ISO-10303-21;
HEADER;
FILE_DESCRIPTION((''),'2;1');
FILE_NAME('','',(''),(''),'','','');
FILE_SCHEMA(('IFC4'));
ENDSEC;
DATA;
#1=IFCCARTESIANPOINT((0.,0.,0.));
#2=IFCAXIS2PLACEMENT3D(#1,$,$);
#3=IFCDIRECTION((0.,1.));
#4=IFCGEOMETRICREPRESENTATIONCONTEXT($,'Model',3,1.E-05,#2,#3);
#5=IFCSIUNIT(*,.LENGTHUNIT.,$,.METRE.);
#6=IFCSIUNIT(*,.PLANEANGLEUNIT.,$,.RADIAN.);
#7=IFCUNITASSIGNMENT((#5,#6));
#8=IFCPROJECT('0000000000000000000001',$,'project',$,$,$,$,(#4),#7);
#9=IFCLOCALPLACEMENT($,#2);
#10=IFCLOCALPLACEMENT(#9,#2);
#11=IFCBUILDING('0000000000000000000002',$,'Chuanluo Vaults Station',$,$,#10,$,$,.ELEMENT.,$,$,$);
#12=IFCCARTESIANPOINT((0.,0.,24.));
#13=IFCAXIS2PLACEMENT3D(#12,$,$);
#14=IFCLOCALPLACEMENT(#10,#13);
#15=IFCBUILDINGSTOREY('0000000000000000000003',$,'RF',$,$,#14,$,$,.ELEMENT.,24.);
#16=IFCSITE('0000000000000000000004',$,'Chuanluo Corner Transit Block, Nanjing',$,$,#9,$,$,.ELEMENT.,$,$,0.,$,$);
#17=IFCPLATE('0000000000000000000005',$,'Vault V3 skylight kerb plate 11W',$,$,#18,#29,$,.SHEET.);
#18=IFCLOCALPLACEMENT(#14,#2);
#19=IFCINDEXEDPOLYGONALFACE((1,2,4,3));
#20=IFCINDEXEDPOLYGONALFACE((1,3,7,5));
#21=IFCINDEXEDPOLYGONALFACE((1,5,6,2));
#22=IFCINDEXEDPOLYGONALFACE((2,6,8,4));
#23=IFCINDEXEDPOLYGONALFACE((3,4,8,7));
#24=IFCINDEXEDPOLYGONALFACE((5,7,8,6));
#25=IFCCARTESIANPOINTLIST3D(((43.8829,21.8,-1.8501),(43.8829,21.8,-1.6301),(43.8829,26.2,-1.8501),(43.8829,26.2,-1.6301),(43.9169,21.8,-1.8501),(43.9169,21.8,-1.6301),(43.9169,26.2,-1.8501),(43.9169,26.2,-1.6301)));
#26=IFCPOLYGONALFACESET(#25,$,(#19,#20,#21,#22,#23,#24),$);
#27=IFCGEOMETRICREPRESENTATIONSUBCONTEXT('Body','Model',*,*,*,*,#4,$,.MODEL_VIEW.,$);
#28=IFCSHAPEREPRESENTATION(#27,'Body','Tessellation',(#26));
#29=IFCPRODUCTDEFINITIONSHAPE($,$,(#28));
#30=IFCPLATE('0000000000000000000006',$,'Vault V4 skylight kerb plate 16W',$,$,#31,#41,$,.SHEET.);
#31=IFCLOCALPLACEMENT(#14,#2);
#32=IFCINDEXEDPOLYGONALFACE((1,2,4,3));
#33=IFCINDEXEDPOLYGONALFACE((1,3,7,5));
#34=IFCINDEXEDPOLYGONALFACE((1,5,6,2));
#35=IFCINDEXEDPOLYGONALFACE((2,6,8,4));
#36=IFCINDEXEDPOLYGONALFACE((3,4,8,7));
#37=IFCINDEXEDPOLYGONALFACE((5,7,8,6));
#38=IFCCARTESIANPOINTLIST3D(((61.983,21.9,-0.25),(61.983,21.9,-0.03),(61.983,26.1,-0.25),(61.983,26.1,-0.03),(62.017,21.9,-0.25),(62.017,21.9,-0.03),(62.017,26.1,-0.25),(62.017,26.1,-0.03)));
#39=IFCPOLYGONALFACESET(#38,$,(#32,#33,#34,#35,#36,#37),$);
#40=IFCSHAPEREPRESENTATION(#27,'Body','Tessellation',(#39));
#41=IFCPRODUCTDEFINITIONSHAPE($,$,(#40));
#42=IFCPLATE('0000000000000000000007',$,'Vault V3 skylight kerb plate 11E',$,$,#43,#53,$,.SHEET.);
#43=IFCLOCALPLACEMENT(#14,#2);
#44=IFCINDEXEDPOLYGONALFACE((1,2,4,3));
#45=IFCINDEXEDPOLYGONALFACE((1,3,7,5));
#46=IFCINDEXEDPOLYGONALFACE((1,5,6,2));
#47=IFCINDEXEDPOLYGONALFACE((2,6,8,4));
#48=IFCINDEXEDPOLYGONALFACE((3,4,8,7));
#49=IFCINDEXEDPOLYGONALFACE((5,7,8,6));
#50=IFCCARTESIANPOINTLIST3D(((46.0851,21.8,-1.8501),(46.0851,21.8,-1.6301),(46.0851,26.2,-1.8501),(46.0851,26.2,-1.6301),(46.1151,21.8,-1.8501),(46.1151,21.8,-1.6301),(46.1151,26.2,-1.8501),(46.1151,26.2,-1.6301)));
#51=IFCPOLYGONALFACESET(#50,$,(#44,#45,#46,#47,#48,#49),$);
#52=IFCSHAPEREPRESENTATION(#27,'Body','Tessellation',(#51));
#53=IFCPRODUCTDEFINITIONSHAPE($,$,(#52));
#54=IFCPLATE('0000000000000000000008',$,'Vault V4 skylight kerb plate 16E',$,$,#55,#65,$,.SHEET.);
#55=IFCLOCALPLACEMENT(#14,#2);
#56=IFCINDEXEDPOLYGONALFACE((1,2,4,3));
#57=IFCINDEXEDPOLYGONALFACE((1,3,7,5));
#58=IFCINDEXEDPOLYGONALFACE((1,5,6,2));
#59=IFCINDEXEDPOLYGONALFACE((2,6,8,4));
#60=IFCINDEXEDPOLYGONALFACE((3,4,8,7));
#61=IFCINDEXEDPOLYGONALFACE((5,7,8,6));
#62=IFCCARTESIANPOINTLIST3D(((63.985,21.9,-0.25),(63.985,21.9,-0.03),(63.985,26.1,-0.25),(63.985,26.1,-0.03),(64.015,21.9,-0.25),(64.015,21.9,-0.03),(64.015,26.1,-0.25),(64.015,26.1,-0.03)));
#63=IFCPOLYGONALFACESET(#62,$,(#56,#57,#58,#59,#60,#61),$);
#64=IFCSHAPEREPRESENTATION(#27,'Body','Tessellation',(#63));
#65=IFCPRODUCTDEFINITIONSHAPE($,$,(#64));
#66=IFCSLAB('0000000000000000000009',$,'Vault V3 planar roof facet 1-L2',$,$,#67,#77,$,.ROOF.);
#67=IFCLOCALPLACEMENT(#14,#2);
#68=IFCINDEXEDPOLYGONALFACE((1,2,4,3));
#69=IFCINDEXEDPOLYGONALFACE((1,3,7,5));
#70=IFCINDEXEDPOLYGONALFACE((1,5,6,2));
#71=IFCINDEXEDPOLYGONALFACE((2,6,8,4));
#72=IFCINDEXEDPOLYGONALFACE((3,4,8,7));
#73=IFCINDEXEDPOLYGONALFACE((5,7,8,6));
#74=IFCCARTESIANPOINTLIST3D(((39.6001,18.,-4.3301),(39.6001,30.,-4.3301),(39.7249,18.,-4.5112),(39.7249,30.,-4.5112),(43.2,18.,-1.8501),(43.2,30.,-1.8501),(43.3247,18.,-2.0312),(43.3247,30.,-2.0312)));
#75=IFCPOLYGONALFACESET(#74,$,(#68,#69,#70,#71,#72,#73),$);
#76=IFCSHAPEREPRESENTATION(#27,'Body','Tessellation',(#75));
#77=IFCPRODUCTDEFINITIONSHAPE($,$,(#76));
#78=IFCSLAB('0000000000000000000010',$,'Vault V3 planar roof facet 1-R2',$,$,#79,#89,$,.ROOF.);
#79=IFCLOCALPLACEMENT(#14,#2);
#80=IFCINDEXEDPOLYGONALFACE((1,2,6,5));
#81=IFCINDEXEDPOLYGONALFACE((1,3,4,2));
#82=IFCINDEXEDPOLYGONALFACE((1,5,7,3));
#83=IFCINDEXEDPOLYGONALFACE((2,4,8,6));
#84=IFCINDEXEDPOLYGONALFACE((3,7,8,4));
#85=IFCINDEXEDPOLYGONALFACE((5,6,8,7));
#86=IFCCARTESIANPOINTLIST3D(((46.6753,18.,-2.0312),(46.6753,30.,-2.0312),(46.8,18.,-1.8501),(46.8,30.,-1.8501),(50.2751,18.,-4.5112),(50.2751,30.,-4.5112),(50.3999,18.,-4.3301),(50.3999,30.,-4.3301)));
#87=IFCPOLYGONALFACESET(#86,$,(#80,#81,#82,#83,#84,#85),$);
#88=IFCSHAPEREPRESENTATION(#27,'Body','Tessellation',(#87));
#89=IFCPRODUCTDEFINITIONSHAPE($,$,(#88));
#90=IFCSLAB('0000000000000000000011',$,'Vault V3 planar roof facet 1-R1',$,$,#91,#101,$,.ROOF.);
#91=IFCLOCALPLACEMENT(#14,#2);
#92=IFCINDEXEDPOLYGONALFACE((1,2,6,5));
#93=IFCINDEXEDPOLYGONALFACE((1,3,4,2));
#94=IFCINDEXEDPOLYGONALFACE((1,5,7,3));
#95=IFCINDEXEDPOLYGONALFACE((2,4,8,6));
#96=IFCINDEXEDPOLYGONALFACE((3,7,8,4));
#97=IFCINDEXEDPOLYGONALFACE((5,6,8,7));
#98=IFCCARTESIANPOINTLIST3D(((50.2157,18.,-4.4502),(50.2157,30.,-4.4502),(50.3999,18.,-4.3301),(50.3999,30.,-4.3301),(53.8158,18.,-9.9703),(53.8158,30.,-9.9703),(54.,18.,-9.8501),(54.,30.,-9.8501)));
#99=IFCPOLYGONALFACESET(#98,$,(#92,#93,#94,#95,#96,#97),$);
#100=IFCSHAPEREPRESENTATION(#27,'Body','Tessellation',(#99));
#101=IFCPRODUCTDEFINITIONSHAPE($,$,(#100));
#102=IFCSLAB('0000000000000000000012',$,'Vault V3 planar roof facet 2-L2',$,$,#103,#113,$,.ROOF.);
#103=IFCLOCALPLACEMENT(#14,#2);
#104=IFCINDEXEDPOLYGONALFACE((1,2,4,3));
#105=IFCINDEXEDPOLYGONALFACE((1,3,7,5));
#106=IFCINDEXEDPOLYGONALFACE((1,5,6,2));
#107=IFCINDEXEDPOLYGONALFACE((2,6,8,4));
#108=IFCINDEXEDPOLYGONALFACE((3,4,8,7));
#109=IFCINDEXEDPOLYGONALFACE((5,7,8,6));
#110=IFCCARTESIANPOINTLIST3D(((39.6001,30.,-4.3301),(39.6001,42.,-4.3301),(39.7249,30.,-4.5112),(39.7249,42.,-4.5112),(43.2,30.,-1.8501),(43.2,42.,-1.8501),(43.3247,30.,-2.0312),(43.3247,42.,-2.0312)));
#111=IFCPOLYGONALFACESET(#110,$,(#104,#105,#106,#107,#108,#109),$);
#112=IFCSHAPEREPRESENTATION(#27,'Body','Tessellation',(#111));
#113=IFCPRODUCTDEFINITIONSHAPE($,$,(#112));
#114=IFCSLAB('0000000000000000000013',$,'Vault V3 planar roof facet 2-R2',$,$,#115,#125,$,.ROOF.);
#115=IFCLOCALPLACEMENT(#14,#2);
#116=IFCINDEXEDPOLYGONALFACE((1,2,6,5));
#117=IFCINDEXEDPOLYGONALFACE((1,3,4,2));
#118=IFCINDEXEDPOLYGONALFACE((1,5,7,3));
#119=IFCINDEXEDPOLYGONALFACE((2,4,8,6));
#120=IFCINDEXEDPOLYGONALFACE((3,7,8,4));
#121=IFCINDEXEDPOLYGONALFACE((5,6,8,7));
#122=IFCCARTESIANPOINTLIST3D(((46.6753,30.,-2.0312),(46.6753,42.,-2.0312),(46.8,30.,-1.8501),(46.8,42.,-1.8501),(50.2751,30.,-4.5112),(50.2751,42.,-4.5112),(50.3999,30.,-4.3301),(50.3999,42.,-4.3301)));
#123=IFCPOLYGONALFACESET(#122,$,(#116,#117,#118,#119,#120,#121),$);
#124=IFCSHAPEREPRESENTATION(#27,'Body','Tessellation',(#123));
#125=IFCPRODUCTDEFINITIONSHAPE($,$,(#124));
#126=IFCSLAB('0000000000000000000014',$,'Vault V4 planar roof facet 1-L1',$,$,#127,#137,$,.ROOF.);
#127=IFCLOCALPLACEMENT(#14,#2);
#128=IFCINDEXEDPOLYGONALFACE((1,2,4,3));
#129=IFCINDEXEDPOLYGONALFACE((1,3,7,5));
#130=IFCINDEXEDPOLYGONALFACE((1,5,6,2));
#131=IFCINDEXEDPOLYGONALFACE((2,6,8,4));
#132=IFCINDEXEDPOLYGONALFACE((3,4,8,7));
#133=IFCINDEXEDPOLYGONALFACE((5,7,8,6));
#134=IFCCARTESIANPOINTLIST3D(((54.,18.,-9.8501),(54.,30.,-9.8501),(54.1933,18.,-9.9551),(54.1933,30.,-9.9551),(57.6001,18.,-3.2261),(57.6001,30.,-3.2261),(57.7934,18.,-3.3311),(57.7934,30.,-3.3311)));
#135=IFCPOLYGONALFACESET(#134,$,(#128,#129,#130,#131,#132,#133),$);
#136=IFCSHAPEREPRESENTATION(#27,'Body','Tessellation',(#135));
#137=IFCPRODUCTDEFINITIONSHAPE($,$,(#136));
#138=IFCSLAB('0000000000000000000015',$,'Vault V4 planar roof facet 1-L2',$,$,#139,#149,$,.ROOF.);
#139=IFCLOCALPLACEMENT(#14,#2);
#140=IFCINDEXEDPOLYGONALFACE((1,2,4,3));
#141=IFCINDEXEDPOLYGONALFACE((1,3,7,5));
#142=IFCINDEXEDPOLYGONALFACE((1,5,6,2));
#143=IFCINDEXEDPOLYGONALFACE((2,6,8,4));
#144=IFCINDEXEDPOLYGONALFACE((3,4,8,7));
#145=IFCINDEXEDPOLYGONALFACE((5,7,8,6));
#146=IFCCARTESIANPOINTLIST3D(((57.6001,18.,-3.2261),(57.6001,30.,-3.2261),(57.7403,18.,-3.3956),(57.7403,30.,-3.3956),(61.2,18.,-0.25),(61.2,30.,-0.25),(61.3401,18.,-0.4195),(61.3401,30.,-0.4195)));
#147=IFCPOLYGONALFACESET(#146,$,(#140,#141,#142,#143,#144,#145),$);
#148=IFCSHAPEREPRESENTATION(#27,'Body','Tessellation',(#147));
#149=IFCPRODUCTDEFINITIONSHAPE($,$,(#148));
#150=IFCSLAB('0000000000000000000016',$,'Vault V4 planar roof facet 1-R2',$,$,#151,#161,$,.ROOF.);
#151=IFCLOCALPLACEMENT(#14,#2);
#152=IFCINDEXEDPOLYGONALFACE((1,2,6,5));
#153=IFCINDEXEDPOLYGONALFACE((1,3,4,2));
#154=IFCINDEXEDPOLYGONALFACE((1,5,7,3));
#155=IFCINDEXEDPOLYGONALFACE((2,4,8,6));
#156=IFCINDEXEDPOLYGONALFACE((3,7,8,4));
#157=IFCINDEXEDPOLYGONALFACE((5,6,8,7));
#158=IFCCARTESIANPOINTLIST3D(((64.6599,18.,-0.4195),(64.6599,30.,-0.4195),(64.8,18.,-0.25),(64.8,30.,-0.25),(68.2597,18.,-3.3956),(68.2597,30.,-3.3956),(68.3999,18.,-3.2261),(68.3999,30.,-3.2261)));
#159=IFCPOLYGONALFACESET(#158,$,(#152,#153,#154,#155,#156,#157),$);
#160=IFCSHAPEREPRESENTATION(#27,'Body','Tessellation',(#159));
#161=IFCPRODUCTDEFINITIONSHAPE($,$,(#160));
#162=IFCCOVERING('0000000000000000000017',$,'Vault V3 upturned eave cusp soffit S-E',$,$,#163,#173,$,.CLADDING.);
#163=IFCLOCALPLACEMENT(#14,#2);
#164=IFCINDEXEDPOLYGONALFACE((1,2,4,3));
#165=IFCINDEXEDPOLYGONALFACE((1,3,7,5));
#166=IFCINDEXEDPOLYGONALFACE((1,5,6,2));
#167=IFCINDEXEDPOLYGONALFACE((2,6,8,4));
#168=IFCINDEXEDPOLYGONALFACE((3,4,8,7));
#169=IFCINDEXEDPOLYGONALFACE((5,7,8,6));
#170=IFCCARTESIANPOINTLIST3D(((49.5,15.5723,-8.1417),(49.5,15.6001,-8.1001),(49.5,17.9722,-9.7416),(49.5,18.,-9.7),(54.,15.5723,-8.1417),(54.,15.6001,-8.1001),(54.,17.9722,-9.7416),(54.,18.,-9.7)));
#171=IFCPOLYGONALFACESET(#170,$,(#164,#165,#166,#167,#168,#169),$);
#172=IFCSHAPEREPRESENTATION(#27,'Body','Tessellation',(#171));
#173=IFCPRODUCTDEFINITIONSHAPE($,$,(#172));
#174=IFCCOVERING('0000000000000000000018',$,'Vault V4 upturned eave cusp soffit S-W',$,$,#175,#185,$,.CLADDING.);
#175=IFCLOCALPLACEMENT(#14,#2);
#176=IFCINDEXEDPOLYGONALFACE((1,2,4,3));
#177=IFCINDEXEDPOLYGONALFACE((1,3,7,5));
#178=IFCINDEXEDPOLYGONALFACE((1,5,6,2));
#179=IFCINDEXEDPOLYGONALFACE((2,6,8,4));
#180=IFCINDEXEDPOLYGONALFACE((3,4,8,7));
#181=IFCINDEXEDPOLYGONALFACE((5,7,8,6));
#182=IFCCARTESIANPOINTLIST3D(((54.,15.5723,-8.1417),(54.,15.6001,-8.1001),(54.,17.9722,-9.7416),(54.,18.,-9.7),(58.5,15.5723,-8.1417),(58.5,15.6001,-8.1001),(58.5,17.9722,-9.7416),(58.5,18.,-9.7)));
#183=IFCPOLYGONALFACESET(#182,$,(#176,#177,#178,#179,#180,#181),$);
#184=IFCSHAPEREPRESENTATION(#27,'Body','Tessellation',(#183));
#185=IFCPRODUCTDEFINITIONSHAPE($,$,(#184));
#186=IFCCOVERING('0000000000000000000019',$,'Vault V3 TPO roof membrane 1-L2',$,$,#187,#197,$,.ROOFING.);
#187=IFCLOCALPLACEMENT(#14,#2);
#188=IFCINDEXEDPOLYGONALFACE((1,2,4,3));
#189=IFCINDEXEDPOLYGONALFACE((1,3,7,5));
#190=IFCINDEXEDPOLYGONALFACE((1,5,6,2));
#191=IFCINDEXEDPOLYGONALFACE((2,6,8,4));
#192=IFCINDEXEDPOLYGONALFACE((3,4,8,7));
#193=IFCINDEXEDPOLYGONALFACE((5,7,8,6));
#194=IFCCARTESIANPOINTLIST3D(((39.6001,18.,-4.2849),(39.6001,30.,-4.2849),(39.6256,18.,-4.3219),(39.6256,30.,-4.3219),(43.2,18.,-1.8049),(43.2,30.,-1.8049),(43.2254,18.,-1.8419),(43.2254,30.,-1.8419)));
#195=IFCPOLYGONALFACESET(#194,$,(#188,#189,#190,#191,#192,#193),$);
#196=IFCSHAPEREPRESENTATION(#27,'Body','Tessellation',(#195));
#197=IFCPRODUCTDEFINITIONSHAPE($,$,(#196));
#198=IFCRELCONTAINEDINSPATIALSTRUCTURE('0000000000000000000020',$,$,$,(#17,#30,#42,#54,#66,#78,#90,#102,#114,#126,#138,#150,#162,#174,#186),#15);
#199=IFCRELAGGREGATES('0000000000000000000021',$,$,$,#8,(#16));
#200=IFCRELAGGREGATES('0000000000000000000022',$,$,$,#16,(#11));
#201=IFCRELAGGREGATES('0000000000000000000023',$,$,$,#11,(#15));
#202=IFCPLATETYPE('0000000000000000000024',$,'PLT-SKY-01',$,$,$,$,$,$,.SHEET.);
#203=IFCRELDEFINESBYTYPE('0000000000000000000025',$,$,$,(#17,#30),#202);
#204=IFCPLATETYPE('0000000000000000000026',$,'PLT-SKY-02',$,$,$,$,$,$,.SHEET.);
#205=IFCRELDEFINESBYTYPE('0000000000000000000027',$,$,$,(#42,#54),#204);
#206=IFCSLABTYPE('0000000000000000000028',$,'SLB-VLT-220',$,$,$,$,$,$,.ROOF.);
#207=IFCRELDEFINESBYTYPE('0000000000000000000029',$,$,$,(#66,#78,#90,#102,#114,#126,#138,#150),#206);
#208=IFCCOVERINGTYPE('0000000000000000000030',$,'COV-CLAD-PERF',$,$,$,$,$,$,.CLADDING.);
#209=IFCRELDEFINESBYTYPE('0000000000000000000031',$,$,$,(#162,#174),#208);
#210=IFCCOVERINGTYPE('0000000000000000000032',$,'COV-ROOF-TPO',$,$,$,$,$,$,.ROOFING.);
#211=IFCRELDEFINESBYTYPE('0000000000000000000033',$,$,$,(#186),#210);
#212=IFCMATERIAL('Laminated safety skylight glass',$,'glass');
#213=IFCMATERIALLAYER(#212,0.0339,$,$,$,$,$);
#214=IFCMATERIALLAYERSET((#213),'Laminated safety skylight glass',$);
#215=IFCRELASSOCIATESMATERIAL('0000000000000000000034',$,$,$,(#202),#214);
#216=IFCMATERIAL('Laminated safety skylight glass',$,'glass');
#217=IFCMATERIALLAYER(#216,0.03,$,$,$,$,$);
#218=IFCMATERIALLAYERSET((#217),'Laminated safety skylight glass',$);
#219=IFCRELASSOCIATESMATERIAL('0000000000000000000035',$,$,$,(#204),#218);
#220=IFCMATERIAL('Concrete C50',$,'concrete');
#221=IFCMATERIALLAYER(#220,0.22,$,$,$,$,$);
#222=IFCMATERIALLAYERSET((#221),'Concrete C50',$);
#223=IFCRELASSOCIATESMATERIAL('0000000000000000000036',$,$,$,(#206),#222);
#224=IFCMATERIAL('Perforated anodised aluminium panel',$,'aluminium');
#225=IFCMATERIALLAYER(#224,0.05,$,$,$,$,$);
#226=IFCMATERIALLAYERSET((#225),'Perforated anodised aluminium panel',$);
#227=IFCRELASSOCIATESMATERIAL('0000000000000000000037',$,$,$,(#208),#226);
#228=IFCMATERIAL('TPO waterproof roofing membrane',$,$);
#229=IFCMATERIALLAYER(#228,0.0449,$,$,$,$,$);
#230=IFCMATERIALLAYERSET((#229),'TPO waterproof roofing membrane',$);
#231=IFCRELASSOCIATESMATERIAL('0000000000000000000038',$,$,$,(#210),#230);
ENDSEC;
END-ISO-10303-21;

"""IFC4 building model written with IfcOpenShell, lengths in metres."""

from ifc_helpers import new_model, si_unit, direction, frame, origin, origin_2d, place, context, subcontext, project, spatial, polyline, rectangle, outline, extrude, material, layer, layer_set, type_object, element, save


model = new_model("IFC4")

# Units and contexts
model_context = context("Model", 3, precision=1e-05, world=origin(), true_north=direction((0.0, 1.0)))
body_context = subcontext(model_context, "Body", "Model", "MODEL_VIEW")
ifc_project = project(units=[si_unit("LENGTHUNIT", "METRE"), si_unit("PLANEANGLEUNIT", "RADIAN")], contexts=[model_context])

# Site, building, storey
site_placement = place(None, origin())
site = spatial("IfcSite", under=ifc_project, at=site_placement, Name="Chuanluo Corner Transit Block, Nanjing", CompositionType="ELEMENT", RefElevation=0.0)
building_placement = place(site_placement, origin())
building = spatial("IfcBuilding", under=site, at=building_placement, Name="Chuanluo Vaults Station", CompositionType="ELEMENT")
storey_placement = place(building_placement, frame((0.0, 0.0, 24.0)))
storey = spatial("IfcBuildingStorey", under=building, at=storey_placement, Name="RF", CompositionType="ELEMENT", Elevation=24.0)

# Plates
ifc_material_1 = material(Name="Laminated safety skylight glass", Category="glass")
ifc_layer_1 = layer(ifc_material_1, 0.0339)
ifc_layer_set_1 = layer_set([ifc_layer_1], Name="Laminated safety skylight glass")
plate_type_1 = type_object("IfcPlateType", Name="PLT-SKY-01", PredefinedType="SHEET", material=ifc_layer_set_1)
plate_1_placement = place(storey_placement, frame((43.8999, 24.0, -1.8501), z_axis=(0.0, 0.0, 1.0), x_axis=(1.0, 0.0, 0.0)))
element("IfcPlate", 1, at=plate_1_placement, inside=storey, type_object=plate_type_1, Name="Vault V3 skylight kerb plate 11W", PredefinedType="SHEET", context=body_context, shape_type="SweptSolid", body=[
    extrude(rectangle(XDim=0.0339, YDim=4.3999, at=origin_2d()), origin(), (0.0, 0.0, 1.0), 0.22),
])
plate_2_placement = place(storey_placement, frame((62.0, 24.0, -0.25), z_axis=(0.0, 0.0, 1.0), x_axis=(1.0, 0.0, 0.0)))
element("IfcPlate", 2, at=plate_2_placement, inside=storey, type_object=plate_type_1, Name="Vault V4 skylight kerb plate 16W", PredefinedType="SHEET", context=body_context, shape_type="SweptSolid", body=[
    extrude(rectangle(XDim=0.0339, YDim=4.2, at=origin_2d()), origin(), (0.0, 0.0, 1.0), 0.22),
])
ifc_material_2 = material(Name="Laminated safety skylight glass", Category="glass")
ifc_layer_2 = layer(ifc_material_2, 0.03)
ifc_layer_set_2 = layer_set([ifc_layer_2], Name="Laminated safety skylight glass")
plate_type_2 = type_object("IfcPlateType", Name="PLT-SKY-02", PredefinedType="SHEET", material=ifc_layer_set_2)
plate_3_placement = place(storey_placement, frame((46.1001, 24.0, -1.8501), z_axis=(0.0, 0.0, 1.0), x_axis=(1.0, 0.0, 0.0)))
element("IfcPlate", 3, at=plate_3_placement, inside=storey, type_object=plate_type_2, Name="Vault V3 skylight kerb plate 11E", PredefinedType="SHEET", context=body_context, shape_type="SweptSolid", body=[
    extrude(rectangle(XDim=0.03, YDim=4.3999, at=origin_2d()), origin(), (0.0, 0.0, 1.0), 0.22),
])
plate_4_placement = place(storey_placement, frame((64.0, 24.0, -0.25), z_axis=(0.0, 0.0, 1.0), x_axis=(1.0, 0.0, 0.0)))
element("IfcPlate", 4, at=plate_4_placement, inside=storey, type_object=plate_type_2, Name="Vault V4 skylight kerb plate 16E", PredefinedType="SHEET", context=body_context, shape_type="SweptSolid", body=[
    extrude(rectangle(XDim=0.03, YDim=4.2, at=origin_2d()), origin(), (0.0, 0.0, 1.0), 0.22),
])

# Slabs
ifc_material_3 = material(Name="Concrete C50", Category="concrete")
ifc_layer_3 = layer(ifc_material_3, 0.22)
ifc_layer_set_3 = layer_set([ifc_layer_3], Name="Concrete C50")
slab_type = type_object("IfcSlabType", Name="SLB-VLT-220", PredefinedType="ROOF", material=ifc_layer_set_3)
for number, where, z_axis, x_axis, name in (
    (5, (39.6001, 18.0, -4.3301), (-0.567318, 0.0, 0.823499), (0.823499, 0.0, 0.567318), "Vault V3 planar roof facet 1-L2"),
    (6, (46.8, 18.0, -1.8501), (0.567318, 0.0, 0.823499), (0.823499, 0.0, -0.567318), "Vault V3 planar roof facet 1-R2"),
):
    element("IfcSlab", number, at=place(storey_placement, frame(where, z_axis=z_axis, x_axis=x_axis)), inside=storey, type_object=slab_type, Name=name, PredefinedType="ROOF", context=body_context, shape_type="SweptSolid", body=[
        extrude(outline(polyline([(0.0, 0.0), (4.3714, 0.0), (4.3714, 12.0), (0.0, 12.0), (0.0, 0.0)])), origin(), (0.0, 0.0, -1.0), 0.22),
    ])
slab_1_placement = place(storey_placement, frame((50.3999, 18.0, -4.3301), z_axis=(0.837605, 0.0, 0.546277), x_axis=(0.546277, 0.0, -0.837605)))
element("IfcSlab", 7, at=slab_1_placement, inside=storey, type_object=slab_type, Name="Vault V3 planar roof facet 1-R1", PredefinedType="ROOF", context=body_context, shape_type="SweptSolid", body=[
    extrude(outline(polyline([(0.0, 0.0), (6.5902, 0.0), (6.5902, 12.0), (0.0, 12.0), (0.0, 0.0)])), origin(), (0.0, 0.0, -1.0), 0.22),
])
for number, where, z_axis, x_axis, name in (
    (8, (39.6001, 30.0, -4.3301), (-0.567318, 0.0, 0.823499), (0.823499, 0.0, 0.567318), "Vault V3 planar roof facet 2-L2"),
    (9, (46.8, 30.0, -1.8501), (0.567318, 0.0, 0.823499), (0.823499, 0.0, -0.567318), "Vault V3 planar roof facet 2-R2"),
):
    element("IfcSlab", number, at=place(storey_placement, frame(where, z_axis=z_axis, x_axis=x_axis)), inside=storey, type_object=slab_type, Name=name, PredefinedType="ROOF", context=body_context, shape_type="SweptSolid", body=[
        extrude(outline(polyline([(0.0, 0.0), (4.3714, 0.0), (4.3714, 12.0), (0.0, 12.0), (0.0, 0.0)])), origin(), (0.0, 0.0, -1.0), 0.22),
    ])
slab_2_placement = place(storey_placement, frame((54.0, 18.0, -9.8501), z_axis=(-0.87862, 0.0, 0.477522), x_axis=(0.477522, 0.0, 0.87862)))
element("IfcSlab", 10, at=slab_2_placement, inside=storey, type_object=slab_type, Name="Vault V4 planar roof facet 1-L1", PredefinedType="ROOF", context=body_context, shape_type="SweptSolid", body=[
    extrude(outline(polyline([(0.0, 0.0), (7.5391, 0.0), (7.5391, 12.0), (0.0, 12.0), (0.0, 0.0)])), origin(), (0.0, 0.0, -1.0), 0.22),
])
for number, where, z_axis, x_axis, name in (
    (11, (57.6001, 18.0, -3.2261), (-0.637172, 0.0, 0.770722), (0.770722, 0.0, 0.637172), "Vault V4 planar roof facet 1-L2"),
    (12, (64.8, 18.0, -0.25), (0.637172, 0.0, 0.770722), (0.770722, 0.0, -0.637172), "Vault V4 planar roof facet 1-R2"),
):
    element("IfcSlab", number, at=place(storey_placement, frame(where, z_axis=z_axis, x_axis=x_axis)), inside=storey, type_object=slab_type, Name=name, PredefinedType="ROOF", context=body_context, shape_type="SweptSolid", body=[
        extrude(outline(polyline([(0.0, 0.0), (4.6708, 0.0), (4.6708, 12.0), (0.0, 12.0), (0.0, 0.0)])), origin(), (0.0, 0.0, -1.0), 0.22),
    ])

# Coverings
ifc_material_4 = material(Name="Perforated anodised aluminium panel", Category="aluminium")
ifc_layer_4 = layer(ifc_material_4, 0.05)
ifc_layer_set_4 = layer_set([ifc_layer_4], Name="Perforated anodised aluminium panel")
covering_type_1 = type_object("IfcCoveringType", Name="COV-CLAD-PERF", PredefinedType="CLADDING", material=ifc_layer_set_4)
for number, where, z_axis, x_axis, name in (
    (13, (49.5, 18.0, -9.7), (0.0, 0.554681, 0.832063), (1.0, 0.0, 0.0), "Vault V3 upturned eave cusp soffit S-E"),
    (14, (54.0, 18.0, -9.7), (0.0, 0.554681, 0.832063), (1.0, 0.0, 0.0), "Vault V4 upturned eave cusp soffit S-W"),
):
    element("IfcCovering", number, at=place(storey_placement, frame(where, z_axis=z_axis, x_axis=x_axis)), inside=storey, type_object=covering_type_1, Name=name, PredefinedType="CLADDING", context=body_context, shape_type="SweptSolid", body=[
        extrude(outline(polyline([(0.0, 0.0), (4.5, 0.0), (4.5, -2.8843), (0.0, -2.8843), (0.0, 0.0)])), origin(), (0.0, 0.0, -1.0), 0.05),
    ])
ifc_material_5 = material(Name="TPO waterproof roofing membrane")
ifc_layer_5 = layer(ifc_material_5, 0.0449)
ifc_layer_set_5 = layer_set([ifc_layer_5], Name="TPO waterproof roofing membrane")
covering_type_2 = type_object("IfcCoveringType", Name="COV-ROOF-TPO", PredefinedType="ROOFING", material=ifc_layer_set_5)
for number, where, z_axis, x_axis, name in (
    (15, (39.6001, 18.0, -4.2849), (-0.567318, 0.0, 0.823499), (0.823499, 0.0, 0.567318), "Vault V3 TPO roof membrane 1-L2"),
):
    element("IfcCovering", number, at=place(storey_placement, frame(where, z_axis=z_axis, x_axis=x_axis)), inside=storey, type_object=covering_type_2, Name=name, PredefinedType="ROOFING", context=body_context, shape_type="SweptSolid", body=[
        extrude(outline(polyline([(0.0, 0.0), (4.3714, 0.0), (4.3714, 12.0), (0.0, 12.0), (0.0, 0.0)])), origin(), (0.0, 0.0, -1.0), 0.0449),
    ])

save(model, "model.ifc")
